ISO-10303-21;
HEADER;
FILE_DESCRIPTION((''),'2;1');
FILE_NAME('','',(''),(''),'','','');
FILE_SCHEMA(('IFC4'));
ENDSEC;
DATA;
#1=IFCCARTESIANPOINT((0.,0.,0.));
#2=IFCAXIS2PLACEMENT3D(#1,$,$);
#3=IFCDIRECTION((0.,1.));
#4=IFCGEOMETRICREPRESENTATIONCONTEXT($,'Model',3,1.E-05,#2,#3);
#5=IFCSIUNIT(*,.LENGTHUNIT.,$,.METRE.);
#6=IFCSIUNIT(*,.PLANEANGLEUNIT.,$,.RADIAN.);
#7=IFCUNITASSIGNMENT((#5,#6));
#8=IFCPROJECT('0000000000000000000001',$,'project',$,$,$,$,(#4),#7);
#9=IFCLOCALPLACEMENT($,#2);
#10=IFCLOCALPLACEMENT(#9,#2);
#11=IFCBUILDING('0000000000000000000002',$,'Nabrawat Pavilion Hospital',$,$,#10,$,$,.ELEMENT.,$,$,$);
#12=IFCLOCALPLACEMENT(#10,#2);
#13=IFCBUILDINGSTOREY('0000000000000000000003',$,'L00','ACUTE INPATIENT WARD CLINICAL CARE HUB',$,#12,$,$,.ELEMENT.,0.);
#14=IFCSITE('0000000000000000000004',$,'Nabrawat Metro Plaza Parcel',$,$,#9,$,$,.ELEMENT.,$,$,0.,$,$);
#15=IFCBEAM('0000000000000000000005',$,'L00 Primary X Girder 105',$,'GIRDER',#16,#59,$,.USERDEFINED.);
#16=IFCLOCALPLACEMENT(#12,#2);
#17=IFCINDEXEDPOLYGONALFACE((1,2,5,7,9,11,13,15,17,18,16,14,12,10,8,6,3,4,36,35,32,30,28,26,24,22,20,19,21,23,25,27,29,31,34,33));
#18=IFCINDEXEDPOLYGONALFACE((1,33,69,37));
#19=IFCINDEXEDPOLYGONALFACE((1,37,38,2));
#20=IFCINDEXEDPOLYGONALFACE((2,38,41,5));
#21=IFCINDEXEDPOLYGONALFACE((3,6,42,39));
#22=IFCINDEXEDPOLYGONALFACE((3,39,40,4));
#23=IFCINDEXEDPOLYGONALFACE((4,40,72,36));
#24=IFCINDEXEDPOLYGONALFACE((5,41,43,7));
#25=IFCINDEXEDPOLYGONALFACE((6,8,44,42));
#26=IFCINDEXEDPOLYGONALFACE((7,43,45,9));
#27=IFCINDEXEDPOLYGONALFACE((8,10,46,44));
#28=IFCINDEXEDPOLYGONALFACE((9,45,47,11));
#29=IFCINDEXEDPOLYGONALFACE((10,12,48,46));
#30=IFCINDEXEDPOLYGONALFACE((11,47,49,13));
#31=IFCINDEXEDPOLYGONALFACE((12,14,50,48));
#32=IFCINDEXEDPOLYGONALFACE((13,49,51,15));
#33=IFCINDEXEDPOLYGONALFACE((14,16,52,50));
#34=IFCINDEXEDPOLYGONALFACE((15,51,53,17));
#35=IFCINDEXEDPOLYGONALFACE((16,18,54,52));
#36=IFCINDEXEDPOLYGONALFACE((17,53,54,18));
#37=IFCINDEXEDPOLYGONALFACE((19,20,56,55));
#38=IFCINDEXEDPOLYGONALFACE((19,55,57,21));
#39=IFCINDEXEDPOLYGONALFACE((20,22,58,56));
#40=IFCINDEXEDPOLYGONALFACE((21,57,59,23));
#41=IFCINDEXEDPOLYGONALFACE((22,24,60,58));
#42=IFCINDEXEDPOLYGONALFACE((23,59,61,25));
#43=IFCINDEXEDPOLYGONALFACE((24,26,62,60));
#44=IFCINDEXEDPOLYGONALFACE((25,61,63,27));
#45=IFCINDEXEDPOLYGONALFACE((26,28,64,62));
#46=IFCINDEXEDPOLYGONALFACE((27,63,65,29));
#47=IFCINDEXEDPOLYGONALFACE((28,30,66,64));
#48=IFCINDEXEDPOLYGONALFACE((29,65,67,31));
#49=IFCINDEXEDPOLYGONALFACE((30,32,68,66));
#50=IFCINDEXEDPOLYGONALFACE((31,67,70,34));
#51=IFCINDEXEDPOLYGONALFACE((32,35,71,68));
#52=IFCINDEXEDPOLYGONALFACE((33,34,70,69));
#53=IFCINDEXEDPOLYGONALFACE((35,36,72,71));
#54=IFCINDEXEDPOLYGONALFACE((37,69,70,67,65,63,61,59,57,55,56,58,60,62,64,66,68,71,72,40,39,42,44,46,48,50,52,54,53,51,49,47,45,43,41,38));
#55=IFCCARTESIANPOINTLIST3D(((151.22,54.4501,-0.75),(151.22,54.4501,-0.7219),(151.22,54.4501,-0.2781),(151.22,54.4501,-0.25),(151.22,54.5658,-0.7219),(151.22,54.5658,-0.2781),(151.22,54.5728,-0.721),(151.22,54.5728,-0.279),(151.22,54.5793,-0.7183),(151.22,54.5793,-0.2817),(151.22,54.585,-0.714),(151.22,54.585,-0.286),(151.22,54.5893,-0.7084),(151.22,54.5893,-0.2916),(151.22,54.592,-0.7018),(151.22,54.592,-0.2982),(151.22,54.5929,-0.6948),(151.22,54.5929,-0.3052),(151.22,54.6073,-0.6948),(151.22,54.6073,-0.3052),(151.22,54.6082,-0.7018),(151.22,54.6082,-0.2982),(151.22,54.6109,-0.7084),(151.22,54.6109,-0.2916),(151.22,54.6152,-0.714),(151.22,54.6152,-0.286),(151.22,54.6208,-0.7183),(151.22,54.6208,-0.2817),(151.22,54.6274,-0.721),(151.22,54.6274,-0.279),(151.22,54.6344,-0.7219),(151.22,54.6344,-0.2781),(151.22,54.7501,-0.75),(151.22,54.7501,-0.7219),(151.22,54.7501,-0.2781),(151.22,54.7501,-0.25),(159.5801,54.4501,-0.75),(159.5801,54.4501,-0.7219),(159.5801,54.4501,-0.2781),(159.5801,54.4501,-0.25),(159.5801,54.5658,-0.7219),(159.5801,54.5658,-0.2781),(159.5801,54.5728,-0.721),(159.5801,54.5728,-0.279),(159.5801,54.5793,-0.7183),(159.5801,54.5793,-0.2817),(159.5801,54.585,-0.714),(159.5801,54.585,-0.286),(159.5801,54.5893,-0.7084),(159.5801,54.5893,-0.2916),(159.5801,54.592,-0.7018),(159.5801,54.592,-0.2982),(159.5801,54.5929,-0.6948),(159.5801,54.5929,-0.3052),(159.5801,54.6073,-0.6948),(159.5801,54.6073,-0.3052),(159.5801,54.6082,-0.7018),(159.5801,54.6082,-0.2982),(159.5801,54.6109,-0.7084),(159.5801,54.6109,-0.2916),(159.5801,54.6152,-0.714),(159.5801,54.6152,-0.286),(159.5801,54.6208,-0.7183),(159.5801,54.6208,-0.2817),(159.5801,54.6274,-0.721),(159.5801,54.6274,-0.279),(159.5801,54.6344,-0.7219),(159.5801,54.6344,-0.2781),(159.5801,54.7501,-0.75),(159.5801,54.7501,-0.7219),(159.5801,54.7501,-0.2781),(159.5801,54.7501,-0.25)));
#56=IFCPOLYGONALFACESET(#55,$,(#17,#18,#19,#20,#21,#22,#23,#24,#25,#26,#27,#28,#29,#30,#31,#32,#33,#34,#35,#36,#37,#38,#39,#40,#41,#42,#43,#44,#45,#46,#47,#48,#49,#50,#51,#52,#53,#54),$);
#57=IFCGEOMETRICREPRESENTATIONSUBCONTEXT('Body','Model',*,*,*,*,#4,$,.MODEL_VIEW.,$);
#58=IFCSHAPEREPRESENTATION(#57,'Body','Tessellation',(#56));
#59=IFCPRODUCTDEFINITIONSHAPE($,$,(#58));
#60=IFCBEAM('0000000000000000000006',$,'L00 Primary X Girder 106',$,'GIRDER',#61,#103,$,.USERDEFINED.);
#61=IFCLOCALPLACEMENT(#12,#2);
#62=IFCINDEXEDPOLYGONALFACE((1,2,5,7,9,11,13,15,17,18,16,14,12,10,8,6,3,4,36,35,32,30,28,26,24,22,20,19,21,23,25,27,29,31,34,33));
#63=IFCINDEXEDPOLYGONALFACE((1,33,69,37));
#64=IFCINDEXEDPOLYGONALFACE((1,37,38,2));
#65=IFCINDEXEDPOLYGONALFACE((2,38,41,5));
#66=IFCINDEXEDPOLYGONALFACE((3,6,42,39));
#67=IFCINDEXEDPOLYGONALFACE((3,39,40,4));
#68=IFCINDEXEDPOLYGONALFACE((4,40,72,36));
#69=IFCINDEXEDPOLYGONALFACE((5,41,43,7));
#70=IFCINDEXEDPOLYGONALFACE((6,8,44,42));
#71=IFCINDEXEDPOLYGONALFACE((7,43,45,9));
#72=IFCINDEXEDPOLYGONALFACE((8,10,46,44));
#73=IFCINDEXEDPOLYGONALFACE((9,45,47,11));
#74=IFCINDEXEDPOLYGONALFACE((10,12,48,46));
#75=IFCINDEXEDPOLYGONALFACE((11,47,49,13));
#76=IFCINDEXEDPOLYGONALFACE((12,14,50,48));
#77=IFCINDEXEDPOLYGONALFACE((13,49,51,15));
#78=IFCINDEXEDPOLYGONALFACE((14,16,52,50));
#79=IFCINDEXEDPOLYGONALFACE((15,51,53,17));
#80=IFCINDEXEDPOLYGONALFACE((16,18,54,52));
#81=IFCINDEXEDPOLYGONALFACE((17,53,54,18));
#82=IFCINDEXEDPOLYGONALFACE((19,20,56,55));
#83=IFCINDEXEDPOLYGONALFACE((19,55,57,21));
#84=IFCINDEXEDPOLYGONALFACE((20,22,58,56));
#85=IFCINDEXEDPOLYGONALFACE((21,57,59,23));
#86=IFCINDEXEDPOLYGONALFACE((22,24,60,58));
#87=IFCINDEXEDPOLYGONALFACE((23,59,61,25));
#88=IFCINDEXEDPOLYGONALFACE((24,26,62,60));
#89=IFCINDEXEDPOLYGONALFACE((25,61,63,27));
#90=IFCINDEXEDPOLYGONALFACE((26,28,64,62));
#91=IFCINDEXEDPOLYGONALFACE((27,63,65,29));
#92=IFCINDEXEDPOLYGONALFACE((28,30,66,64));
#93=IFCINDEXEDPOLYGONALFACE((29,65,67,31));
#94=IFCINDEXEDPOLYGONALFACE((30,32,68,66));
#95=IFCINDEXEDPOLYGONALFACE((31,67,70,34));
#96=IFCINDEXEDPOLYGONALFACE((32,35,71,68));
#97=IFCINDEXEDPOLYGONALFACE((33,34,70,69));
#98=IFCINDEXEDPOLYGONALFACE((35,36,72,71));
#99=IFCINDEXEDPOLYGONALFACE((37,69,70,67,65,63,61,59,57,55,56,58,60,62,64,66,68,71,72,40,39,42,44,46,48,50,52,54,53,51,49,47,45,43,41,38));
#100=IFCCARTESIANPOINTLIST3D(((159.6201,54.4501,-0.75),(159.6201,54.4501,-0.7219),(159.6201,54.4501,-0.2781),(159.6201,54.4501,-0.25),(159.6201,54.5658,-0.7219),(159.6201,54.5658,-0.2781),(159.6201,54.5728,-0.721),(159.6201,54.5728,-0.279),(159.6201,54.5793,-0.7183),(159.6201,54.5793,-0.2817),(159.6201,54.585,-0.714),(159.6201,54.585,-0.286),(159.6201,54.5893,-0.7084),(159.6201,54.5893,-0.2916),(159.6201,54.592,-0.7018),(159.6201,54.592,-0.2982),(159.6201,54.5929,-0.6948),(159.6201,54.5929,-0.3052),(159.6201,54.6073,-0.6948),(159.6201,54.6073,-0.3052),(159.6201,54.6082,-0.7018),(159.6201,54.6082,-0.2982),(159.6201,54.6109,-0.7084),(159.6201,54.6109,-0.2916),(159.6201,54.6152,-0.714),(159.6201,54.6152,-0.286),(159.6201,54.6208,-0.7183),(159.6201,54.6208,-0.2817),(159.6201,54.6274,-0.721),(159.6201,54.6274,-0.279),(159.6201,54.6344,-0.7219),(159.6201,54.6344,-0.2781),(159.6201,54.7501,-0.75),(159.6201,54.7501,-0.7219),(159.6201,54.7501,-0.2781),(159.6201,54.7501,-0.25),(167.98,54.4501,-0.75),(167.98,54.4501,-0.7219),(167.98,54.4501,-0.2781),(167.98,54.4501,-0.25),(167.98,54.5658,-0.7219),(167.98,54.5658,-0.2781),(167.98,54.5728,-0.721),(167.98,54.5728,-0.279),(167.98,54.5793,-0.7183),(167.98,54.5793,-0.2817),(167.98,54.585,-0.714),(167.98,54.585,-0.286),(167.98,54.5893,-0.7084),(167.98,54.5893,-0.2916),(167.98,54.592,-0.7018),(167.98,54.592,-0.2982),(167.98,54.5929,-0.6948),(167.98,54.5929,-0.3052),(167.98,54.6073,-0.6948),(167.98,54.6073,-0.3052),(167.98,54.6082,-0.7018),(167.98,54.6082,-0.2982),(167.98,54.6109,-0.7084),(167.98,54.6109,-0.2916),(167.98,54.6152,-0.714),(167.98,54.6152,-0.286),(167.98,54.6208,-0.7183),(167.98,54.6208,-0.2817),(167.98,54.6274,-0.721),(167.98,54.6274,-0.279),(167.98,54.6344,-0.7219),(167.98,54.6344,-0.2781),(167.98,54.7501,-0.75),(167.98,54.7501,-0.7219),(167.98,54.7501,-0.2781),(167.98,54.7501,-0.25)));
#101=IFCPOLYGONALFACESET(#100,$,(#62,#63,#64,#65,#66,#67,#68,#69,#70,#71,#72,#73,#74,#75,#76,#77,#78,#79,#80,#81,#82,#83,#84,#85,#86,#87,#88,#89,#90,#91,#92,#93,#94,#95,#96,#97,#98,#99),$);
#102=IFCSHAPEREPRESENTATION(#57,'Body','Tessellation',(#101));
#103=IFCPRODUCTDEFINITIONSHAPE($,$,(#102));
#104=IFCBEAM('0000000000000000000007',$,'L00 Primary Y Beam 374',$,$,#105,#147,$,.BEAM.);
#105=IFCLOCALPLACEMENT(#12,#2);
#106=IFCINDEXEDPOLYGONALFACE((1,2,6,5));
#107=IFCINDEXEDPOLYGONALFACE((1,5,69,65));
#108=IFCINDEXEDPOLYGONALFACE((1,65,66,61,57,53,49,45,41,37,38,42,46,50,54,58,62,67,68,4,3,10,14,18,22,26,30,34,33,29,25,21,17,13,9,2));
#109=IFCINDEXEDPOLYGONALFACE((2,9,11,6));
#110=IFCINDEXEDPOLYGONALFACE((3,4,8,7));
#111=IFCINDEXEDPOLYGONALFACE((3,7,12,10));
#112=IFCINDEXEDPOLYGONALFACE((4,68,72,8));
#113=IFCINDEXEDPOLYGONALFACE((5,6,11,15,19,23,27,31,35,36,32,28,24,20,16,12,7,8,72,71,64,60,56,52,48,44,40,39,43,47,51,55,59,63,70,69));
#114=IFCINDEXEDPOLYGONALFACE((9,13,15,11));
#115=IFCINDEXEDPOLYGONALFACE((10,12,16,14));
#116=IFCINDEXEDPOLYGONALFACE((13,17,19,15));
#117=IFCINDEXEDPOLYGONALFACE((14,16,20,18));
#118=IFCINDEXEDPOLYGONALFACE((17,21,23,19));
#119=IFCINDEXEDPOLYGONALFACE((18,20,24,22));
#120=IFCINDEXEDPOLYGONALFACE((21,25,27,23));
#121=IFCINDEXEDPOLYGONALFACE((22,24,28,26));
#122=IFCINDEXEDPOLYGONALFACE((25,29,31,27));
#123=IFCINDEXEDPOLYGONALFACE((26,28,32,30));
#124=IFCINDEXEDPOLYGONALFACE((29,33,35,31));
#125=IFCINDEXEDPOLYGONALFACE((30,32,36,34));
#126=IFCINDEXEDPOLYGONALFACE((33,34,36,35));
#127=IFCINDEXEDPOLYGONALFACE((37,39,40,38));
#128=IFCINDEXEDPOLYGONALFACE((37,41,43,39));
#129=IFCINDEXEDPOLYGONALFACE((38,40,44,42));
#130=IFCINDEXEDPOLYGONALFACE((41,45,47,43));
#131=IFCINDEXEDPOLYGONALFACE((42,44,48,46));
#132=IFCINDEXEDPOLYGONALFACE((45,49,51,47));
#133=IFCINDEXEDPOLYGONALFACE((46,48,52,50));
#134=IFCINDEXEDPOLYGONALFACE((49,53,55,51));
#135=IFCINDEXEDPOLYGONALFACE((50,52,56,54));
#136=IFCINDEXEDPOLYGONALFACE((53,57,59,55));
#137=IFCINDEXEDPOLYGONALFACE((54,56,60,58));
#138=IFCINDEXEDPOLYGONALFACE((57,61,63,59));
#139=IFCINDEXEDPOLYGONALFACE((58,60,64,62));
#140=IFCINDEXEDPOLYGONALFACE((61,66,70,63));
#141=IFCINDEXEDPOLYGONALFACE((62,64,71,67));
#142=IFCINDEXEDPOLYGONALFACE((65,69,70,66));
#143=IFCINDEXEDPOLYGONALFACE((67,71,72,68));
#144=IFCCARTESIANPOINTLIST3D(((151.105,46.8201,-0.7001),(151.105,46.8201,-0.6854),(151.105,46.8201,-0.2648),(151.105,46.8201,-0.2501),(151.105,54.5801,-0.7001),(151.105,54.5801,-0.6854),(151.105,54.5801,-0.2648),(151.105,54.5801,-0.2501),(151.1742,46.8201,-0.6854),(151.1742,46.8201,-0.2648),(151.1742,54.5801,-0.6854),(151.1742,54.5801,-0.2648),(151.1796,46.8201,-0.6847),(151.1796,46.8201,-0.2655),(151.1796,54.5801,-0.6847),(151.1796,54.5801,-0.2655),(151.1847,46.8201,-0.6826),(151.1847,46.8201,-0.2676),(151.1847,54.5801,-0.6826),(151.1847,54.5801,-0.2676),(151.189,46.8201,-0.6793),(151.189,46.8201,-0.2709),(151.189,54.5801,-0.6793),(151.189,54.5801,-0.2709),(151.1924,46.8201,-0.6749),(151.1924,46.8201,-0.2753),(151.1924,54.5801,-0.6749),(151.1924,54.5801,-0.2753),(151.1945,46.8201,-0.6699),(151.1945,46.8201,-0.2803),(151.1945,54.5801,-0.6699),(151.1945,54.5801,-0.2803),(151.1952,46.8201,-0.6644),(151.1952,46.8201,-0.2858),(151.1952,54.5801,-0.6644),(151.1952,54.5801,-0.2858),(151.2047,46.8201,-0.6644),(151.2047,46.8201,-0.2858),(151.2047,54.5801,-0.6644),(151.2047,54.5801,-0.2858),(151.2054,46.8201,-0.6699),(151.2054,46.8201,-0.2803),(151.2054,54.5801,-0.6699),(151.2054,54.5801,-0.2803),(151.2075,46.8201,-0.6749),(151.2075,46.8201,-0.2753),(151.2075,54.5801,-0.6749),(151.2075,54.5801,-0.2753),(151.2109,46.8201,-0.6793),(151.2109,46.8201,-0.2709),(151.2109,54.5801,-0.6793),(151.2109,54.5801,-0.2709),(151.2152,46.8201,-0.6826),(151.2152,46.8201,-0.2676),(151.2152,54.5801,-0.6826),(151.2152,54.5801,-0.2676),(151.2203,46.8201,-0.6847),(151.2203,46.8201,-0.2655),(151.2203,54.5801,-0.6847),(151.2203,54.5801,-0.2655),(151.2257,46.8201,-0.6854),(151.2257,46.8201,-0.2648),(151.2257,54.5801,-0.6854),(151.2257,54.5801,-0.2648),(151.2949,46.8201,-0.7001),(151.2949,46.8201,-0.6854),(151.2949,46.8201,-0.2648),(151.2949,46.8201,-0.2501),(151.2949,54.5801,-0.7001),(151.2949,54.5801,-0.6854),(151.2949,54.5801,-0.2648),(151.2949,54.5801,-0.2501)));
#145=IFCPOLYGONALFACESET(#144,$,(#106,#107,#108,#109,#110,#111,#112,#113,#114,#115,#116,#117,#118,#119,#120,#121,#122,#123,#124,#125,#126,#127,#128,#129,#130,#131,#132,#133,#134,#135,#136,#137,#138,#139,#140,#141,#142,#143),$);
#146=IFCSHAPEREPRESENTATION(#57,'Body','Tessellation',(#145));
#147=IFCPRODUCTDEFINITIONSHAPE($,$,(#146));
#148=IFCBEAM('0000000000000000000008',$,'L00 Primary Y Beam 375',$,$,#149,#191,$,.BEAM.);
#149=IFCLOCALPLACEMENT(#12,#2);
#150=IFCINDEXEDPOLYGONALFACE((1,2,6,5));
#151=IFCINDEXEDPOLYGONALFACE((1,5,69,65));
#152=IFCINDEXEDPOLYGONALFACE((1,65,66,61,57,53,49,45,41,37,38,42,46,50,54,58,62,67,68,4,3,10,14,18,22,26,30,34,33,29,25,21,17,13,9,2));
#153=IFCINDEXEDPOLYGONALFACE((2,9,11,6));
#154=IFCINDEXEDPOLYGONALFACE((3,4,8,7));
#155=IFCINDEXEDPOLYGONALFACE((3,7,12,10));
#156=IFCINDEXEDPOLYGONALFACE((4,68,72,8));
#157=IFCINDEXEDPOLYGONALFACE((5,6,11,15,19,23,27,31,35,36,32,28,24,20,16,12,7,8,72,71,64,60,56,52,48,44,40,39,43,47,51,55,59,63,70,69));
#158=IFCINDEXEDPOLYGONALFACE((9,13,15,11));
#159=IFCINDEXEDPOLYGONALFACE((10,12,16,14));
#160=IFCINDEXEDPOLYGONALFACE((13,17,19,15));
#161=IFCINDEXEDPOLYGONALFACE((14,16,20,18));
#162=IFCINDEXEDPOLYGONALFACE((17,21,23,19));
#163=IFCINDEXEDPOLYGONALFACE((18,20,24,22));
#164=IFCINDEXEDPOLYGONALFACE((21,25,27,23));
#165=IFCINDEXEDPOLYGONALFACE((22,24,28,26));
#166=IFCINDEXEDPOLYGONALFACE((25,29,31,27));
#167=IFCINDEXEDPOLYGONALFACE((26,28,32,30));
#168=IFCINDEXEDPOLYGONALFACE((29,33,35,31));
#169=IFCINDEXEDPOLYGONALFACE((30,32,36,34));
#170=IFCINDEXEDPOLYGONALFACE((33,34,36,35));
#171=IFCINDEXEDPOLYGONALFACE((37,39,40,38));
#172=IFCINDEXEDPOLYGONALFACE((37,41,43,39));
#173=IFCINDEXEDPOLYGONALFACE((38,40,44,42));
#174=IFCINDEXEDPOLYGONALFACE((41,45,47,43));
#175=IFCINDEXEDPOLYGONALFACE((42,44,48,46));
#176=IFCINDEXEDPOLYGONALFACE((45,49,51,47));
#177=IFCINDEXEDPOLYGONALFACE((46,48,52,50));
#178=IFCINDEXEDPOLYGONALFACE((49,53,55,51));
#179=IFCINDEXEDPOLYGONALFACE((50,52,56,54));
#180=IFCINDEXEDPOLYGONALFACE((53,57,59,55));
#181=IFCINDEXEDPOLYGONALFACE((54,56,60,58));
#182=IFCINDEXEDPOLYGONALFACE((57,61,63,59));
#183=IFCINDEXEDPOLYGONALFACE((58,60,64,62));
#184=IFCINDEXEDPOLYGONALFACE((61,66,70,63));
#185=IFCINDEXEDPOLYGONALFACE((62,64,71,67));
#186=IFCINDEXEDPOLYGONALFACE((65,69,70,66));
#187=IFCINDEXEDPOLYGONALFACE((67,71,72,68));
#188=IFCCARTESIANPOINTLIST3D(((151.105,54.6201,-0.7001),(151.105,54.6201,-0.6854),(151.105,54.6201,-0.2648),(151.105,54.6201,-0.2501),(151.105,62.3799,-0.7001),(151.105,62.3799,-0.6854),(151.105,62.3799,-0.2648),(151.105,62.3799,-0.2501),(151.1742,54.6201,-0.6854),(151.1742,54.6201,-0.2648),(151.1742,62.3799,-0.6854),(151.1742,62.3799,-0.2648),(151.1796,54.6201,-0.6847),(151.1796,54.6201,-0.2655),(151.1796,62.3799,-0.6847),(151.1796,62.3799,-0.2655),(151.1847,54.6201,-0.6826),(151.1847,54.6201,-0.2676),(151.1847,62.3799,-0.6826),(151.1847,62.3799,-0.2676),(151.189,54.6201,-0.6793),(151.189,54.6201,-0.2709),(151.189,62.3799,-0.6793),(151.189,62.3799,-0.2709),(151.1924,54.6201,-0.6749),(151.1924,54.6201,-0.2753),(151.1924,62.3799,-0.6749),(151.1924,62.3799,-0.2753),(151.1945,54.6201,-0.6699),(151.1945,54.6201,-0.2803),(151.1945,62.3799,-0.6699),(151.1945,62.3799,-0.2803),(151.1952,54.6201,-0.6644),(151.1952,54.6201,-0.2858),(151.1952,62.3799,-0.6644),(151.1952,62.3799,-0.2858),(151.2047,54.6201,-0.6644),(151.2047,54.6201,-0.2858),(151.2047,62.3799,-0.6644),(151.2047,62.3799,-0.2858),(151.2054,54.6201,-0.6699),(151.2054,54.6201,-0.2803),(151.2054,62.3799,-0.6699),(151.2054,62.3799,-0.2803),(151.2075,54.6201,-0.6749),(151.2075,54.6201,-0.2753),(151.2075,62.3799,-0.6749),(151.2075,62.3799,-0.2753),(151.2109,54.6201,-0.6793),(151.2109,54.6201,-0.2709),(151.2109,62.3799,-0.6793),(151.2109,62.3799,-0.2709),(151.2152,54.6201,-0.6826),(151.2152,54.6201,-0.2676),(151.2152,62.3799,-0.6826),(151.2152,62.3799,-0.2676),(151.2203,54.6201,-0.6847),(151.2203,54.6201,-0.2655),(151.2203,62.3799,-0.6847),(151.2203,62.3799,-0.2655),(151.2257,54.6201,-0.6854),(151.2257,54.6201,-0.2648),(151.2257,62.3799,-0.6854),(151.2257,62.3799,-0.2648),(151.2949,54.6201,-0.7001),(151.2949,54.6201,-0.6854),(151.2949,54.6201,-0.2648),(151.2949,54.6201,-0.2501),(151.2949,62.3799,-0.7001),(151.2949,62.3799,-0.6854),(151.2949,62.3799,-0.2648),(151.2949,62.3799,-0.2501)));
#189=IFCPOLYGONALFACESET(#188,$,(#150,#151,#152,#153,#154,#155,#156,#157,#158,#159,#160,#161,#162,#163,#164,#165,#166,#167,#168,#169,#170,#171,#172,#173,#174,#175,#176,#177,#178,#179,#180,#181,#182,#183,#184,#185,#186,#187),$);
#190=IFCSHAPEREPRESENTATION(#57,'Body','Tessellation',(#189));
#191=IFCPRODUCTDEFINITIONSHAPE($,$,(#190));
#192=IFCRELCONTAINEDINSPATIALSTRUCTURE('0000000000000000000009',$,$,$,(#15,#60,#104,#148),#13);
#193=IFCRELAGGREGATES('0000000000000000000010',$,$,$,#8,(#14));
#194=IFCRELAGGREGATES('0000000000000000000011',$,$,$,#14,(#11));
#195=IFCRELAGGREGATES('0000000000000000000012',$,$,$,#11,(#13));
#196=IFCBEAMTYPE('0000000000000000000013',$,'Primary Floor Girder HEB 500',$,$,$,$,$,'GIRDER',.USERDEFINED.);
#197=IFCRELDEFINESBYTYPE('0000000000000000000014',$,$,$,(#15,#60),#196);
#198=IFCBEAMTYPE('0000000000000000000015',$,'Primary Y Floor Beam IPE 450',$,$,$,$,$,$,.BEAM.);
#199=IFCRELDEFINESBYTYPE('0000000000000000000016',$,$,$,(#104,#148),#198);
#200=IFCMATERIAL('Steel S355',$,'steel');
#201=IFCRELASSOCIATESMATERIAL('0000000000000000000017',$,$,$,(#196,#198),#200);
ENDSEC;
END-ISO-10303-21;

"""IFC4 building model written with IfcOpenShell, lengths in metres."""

from ifc_helpers import new_model, si_unit, direction, frame, origin, origin_2d, place, context, subcontext, project, spatial, i_section, extrude, material, material_profile, profile_set, type_object, element, save


model = new_model("IFC4")

# Units and contexts
model_context = context("Model", 3, precision=1e-05, world=origin(), true_north=direction((0.0, 1.0)))
body_context = subcontext(model_context, "Body", "Model", "MODEL_VIEW")
ifc_project = project(units=[si_unit("LENGTHUNIT", "METRE"), si_unit("PLANEANGLEUNIT", "RADIAN")], contexts=[model_context])

# Site, building, storey
site_placement = place(None, origin())
site = spatial("IfcSite", under=ifc_project, at=site_placement, Name="Nabrawat Metro Plaza Parcel", CompositionType="ELEMENT", RefElevation=0.0)
building_placement = place(site_placement, origin())
building = spatial("IfcBuilding", under=site, at=building_placement, Name="Nabrawat Pavilion Hospital", CompositionType="ELEMENT")
storey_placement = place(building_placement, origin())
storey = spatial("IfcBuildingStorey", under=building, at=storey_placement, Name="L00", Description="ACUTE INPATIENT WARD CLINICAL CARE HUB", CompositionType="ELEMENT", Elevation=0.0)

# Shared definitions
ifc_material_1 = material(Name="Steel S355", Category="steel")

# Beams
ifc_material_profile_1 = material_profile(ifc_material_1, i_section(OverallWidth=0.3, OverallDepth=0.5, WebThickness=0.0144, FlangeThickness=0.0281, FilletRadius=0.0271, at=origin_2d()), Name="HEB 500")
ifc_profile_set_1 = profile_set([ifc_material_profile_1], Name="Steel S355")
beam_type_1 = type_object("IfcBeamType", Name="Primary Floor Girder HEB 500", ElementType="GIRDER", PredefinedType="USERDEFINED", material=ifc_profile_set_1)
beam_1_placement = place(storey_placement, frame((151.22, 54.6001, -0.5), z_axis=(1.0, 0.0, 0.0), x_axis=(0.0, 1.0, 0.0)))
element("IfcBeam", 1, at=beam_1_placement, inside=storey, type_object=beam_type_1, Name="L00 Primary X Girder 105", ObjectType="GIRDER", PredefinedType="USERDEFINED", context=body_context, shape_type="SweptSolid", body=[
    extrude(i_section(OverallWidth=0.3, OverallDepth=0.5, WebThickness=0.0144, FlangeThickness=0.0281, FilletRadius=0.0271, at=origin_2d()), origin(), (0.0, 0.0, 1.0), 8.3601),
])
beam_2_placement = place(storey_placement, frame((159.6201, 54.6001, -0.5), z_axis=(1.0, 0.0, 0.0), x_axis=(0.0, 1.0, 0.0)))
element("IfcBeam", 2, at=beam_2_placement, inside=storey, type_object=beam_type_1, Name="L00 Primary X Girder 106", ObjectType="GIRDER", PredefinedType="USERDEFINED", context=body_context, shape_type="SweptSolid", body=[
    extrude(i_section(OverallWidth=0.3, OverallDepth=0.5, WebThickness=0.0144, FlangeThickness=0.0281, FilletRadius=0.0271, at=origin_2d()), origin(), (0.0, 0.0, 1.0), 8.3599),
])
ifc_material_profile_2 = material_profile(ifc_material_1, i_section(OverallWidth=0.1899, OverallDepth=0.45, WebThickness=0.0095, FlangeThickness=0.0146, FilletRadius=0.021, at=origin_2d()), Name="IPE 450")
ifc_profile_set_2 = profile_set([ifc_material_profile_2], Name="Steel S355")
beam_type_2 = type_object("IfcBeamType", Name="Primary Y Floor Beam IPE 450", PredefinedType="BEAM", material=ifc_profile_set_2)
beam_3_placement = place(storey_placement, frame((151.2, 46.8201, -0.4751), z_axis=(0.0, 1.0, 0.0), x_axis=(-1.0, 0.0, 0.0)))
element("IfcBeam", 3, at=beam_3_placement, inside=storey, type_object=beam_type_2, Name="L00 Primary Y Beam 374", PredefinedType="BEAM", context=body_context, shape_type="SweptSolid", body=[
    extrude(i_section(OverallWidth=0.1899, OverallDepth=0.45, WebThickness=0.0095, FlangeThickness=0.0146, FilletRadius=0.021, at=origin_2d()), origin(), (0.0, 0.0, 1.0), 7.76),
])
beam_4_placement = place(storey_placement, frame((151.2, 54.6201, -0.4751), z_axis=(0.0, 1.0, 0.0), x_axis=(-1.0, 0.0, 0.0)))
element("IfcBeam", 4, at=beam_4_placement, inside=storey, type_object=beam_type_2, Name="L00 Primary Y Beam 375", PredefinedType="BEAM", context=body_context, shape_type="SweptSolid", body=[
    extrude(i_section(OverallWidth=0.1899, OverallDepth=0.45, WebThickness=0.0095, FlangeThickness=0.0146, FilletRadius=0.021, at=origin_2d()), origin(), (0.0, 0.0, 1.0), 7.7598),
])

save(model, "model.ifc")
